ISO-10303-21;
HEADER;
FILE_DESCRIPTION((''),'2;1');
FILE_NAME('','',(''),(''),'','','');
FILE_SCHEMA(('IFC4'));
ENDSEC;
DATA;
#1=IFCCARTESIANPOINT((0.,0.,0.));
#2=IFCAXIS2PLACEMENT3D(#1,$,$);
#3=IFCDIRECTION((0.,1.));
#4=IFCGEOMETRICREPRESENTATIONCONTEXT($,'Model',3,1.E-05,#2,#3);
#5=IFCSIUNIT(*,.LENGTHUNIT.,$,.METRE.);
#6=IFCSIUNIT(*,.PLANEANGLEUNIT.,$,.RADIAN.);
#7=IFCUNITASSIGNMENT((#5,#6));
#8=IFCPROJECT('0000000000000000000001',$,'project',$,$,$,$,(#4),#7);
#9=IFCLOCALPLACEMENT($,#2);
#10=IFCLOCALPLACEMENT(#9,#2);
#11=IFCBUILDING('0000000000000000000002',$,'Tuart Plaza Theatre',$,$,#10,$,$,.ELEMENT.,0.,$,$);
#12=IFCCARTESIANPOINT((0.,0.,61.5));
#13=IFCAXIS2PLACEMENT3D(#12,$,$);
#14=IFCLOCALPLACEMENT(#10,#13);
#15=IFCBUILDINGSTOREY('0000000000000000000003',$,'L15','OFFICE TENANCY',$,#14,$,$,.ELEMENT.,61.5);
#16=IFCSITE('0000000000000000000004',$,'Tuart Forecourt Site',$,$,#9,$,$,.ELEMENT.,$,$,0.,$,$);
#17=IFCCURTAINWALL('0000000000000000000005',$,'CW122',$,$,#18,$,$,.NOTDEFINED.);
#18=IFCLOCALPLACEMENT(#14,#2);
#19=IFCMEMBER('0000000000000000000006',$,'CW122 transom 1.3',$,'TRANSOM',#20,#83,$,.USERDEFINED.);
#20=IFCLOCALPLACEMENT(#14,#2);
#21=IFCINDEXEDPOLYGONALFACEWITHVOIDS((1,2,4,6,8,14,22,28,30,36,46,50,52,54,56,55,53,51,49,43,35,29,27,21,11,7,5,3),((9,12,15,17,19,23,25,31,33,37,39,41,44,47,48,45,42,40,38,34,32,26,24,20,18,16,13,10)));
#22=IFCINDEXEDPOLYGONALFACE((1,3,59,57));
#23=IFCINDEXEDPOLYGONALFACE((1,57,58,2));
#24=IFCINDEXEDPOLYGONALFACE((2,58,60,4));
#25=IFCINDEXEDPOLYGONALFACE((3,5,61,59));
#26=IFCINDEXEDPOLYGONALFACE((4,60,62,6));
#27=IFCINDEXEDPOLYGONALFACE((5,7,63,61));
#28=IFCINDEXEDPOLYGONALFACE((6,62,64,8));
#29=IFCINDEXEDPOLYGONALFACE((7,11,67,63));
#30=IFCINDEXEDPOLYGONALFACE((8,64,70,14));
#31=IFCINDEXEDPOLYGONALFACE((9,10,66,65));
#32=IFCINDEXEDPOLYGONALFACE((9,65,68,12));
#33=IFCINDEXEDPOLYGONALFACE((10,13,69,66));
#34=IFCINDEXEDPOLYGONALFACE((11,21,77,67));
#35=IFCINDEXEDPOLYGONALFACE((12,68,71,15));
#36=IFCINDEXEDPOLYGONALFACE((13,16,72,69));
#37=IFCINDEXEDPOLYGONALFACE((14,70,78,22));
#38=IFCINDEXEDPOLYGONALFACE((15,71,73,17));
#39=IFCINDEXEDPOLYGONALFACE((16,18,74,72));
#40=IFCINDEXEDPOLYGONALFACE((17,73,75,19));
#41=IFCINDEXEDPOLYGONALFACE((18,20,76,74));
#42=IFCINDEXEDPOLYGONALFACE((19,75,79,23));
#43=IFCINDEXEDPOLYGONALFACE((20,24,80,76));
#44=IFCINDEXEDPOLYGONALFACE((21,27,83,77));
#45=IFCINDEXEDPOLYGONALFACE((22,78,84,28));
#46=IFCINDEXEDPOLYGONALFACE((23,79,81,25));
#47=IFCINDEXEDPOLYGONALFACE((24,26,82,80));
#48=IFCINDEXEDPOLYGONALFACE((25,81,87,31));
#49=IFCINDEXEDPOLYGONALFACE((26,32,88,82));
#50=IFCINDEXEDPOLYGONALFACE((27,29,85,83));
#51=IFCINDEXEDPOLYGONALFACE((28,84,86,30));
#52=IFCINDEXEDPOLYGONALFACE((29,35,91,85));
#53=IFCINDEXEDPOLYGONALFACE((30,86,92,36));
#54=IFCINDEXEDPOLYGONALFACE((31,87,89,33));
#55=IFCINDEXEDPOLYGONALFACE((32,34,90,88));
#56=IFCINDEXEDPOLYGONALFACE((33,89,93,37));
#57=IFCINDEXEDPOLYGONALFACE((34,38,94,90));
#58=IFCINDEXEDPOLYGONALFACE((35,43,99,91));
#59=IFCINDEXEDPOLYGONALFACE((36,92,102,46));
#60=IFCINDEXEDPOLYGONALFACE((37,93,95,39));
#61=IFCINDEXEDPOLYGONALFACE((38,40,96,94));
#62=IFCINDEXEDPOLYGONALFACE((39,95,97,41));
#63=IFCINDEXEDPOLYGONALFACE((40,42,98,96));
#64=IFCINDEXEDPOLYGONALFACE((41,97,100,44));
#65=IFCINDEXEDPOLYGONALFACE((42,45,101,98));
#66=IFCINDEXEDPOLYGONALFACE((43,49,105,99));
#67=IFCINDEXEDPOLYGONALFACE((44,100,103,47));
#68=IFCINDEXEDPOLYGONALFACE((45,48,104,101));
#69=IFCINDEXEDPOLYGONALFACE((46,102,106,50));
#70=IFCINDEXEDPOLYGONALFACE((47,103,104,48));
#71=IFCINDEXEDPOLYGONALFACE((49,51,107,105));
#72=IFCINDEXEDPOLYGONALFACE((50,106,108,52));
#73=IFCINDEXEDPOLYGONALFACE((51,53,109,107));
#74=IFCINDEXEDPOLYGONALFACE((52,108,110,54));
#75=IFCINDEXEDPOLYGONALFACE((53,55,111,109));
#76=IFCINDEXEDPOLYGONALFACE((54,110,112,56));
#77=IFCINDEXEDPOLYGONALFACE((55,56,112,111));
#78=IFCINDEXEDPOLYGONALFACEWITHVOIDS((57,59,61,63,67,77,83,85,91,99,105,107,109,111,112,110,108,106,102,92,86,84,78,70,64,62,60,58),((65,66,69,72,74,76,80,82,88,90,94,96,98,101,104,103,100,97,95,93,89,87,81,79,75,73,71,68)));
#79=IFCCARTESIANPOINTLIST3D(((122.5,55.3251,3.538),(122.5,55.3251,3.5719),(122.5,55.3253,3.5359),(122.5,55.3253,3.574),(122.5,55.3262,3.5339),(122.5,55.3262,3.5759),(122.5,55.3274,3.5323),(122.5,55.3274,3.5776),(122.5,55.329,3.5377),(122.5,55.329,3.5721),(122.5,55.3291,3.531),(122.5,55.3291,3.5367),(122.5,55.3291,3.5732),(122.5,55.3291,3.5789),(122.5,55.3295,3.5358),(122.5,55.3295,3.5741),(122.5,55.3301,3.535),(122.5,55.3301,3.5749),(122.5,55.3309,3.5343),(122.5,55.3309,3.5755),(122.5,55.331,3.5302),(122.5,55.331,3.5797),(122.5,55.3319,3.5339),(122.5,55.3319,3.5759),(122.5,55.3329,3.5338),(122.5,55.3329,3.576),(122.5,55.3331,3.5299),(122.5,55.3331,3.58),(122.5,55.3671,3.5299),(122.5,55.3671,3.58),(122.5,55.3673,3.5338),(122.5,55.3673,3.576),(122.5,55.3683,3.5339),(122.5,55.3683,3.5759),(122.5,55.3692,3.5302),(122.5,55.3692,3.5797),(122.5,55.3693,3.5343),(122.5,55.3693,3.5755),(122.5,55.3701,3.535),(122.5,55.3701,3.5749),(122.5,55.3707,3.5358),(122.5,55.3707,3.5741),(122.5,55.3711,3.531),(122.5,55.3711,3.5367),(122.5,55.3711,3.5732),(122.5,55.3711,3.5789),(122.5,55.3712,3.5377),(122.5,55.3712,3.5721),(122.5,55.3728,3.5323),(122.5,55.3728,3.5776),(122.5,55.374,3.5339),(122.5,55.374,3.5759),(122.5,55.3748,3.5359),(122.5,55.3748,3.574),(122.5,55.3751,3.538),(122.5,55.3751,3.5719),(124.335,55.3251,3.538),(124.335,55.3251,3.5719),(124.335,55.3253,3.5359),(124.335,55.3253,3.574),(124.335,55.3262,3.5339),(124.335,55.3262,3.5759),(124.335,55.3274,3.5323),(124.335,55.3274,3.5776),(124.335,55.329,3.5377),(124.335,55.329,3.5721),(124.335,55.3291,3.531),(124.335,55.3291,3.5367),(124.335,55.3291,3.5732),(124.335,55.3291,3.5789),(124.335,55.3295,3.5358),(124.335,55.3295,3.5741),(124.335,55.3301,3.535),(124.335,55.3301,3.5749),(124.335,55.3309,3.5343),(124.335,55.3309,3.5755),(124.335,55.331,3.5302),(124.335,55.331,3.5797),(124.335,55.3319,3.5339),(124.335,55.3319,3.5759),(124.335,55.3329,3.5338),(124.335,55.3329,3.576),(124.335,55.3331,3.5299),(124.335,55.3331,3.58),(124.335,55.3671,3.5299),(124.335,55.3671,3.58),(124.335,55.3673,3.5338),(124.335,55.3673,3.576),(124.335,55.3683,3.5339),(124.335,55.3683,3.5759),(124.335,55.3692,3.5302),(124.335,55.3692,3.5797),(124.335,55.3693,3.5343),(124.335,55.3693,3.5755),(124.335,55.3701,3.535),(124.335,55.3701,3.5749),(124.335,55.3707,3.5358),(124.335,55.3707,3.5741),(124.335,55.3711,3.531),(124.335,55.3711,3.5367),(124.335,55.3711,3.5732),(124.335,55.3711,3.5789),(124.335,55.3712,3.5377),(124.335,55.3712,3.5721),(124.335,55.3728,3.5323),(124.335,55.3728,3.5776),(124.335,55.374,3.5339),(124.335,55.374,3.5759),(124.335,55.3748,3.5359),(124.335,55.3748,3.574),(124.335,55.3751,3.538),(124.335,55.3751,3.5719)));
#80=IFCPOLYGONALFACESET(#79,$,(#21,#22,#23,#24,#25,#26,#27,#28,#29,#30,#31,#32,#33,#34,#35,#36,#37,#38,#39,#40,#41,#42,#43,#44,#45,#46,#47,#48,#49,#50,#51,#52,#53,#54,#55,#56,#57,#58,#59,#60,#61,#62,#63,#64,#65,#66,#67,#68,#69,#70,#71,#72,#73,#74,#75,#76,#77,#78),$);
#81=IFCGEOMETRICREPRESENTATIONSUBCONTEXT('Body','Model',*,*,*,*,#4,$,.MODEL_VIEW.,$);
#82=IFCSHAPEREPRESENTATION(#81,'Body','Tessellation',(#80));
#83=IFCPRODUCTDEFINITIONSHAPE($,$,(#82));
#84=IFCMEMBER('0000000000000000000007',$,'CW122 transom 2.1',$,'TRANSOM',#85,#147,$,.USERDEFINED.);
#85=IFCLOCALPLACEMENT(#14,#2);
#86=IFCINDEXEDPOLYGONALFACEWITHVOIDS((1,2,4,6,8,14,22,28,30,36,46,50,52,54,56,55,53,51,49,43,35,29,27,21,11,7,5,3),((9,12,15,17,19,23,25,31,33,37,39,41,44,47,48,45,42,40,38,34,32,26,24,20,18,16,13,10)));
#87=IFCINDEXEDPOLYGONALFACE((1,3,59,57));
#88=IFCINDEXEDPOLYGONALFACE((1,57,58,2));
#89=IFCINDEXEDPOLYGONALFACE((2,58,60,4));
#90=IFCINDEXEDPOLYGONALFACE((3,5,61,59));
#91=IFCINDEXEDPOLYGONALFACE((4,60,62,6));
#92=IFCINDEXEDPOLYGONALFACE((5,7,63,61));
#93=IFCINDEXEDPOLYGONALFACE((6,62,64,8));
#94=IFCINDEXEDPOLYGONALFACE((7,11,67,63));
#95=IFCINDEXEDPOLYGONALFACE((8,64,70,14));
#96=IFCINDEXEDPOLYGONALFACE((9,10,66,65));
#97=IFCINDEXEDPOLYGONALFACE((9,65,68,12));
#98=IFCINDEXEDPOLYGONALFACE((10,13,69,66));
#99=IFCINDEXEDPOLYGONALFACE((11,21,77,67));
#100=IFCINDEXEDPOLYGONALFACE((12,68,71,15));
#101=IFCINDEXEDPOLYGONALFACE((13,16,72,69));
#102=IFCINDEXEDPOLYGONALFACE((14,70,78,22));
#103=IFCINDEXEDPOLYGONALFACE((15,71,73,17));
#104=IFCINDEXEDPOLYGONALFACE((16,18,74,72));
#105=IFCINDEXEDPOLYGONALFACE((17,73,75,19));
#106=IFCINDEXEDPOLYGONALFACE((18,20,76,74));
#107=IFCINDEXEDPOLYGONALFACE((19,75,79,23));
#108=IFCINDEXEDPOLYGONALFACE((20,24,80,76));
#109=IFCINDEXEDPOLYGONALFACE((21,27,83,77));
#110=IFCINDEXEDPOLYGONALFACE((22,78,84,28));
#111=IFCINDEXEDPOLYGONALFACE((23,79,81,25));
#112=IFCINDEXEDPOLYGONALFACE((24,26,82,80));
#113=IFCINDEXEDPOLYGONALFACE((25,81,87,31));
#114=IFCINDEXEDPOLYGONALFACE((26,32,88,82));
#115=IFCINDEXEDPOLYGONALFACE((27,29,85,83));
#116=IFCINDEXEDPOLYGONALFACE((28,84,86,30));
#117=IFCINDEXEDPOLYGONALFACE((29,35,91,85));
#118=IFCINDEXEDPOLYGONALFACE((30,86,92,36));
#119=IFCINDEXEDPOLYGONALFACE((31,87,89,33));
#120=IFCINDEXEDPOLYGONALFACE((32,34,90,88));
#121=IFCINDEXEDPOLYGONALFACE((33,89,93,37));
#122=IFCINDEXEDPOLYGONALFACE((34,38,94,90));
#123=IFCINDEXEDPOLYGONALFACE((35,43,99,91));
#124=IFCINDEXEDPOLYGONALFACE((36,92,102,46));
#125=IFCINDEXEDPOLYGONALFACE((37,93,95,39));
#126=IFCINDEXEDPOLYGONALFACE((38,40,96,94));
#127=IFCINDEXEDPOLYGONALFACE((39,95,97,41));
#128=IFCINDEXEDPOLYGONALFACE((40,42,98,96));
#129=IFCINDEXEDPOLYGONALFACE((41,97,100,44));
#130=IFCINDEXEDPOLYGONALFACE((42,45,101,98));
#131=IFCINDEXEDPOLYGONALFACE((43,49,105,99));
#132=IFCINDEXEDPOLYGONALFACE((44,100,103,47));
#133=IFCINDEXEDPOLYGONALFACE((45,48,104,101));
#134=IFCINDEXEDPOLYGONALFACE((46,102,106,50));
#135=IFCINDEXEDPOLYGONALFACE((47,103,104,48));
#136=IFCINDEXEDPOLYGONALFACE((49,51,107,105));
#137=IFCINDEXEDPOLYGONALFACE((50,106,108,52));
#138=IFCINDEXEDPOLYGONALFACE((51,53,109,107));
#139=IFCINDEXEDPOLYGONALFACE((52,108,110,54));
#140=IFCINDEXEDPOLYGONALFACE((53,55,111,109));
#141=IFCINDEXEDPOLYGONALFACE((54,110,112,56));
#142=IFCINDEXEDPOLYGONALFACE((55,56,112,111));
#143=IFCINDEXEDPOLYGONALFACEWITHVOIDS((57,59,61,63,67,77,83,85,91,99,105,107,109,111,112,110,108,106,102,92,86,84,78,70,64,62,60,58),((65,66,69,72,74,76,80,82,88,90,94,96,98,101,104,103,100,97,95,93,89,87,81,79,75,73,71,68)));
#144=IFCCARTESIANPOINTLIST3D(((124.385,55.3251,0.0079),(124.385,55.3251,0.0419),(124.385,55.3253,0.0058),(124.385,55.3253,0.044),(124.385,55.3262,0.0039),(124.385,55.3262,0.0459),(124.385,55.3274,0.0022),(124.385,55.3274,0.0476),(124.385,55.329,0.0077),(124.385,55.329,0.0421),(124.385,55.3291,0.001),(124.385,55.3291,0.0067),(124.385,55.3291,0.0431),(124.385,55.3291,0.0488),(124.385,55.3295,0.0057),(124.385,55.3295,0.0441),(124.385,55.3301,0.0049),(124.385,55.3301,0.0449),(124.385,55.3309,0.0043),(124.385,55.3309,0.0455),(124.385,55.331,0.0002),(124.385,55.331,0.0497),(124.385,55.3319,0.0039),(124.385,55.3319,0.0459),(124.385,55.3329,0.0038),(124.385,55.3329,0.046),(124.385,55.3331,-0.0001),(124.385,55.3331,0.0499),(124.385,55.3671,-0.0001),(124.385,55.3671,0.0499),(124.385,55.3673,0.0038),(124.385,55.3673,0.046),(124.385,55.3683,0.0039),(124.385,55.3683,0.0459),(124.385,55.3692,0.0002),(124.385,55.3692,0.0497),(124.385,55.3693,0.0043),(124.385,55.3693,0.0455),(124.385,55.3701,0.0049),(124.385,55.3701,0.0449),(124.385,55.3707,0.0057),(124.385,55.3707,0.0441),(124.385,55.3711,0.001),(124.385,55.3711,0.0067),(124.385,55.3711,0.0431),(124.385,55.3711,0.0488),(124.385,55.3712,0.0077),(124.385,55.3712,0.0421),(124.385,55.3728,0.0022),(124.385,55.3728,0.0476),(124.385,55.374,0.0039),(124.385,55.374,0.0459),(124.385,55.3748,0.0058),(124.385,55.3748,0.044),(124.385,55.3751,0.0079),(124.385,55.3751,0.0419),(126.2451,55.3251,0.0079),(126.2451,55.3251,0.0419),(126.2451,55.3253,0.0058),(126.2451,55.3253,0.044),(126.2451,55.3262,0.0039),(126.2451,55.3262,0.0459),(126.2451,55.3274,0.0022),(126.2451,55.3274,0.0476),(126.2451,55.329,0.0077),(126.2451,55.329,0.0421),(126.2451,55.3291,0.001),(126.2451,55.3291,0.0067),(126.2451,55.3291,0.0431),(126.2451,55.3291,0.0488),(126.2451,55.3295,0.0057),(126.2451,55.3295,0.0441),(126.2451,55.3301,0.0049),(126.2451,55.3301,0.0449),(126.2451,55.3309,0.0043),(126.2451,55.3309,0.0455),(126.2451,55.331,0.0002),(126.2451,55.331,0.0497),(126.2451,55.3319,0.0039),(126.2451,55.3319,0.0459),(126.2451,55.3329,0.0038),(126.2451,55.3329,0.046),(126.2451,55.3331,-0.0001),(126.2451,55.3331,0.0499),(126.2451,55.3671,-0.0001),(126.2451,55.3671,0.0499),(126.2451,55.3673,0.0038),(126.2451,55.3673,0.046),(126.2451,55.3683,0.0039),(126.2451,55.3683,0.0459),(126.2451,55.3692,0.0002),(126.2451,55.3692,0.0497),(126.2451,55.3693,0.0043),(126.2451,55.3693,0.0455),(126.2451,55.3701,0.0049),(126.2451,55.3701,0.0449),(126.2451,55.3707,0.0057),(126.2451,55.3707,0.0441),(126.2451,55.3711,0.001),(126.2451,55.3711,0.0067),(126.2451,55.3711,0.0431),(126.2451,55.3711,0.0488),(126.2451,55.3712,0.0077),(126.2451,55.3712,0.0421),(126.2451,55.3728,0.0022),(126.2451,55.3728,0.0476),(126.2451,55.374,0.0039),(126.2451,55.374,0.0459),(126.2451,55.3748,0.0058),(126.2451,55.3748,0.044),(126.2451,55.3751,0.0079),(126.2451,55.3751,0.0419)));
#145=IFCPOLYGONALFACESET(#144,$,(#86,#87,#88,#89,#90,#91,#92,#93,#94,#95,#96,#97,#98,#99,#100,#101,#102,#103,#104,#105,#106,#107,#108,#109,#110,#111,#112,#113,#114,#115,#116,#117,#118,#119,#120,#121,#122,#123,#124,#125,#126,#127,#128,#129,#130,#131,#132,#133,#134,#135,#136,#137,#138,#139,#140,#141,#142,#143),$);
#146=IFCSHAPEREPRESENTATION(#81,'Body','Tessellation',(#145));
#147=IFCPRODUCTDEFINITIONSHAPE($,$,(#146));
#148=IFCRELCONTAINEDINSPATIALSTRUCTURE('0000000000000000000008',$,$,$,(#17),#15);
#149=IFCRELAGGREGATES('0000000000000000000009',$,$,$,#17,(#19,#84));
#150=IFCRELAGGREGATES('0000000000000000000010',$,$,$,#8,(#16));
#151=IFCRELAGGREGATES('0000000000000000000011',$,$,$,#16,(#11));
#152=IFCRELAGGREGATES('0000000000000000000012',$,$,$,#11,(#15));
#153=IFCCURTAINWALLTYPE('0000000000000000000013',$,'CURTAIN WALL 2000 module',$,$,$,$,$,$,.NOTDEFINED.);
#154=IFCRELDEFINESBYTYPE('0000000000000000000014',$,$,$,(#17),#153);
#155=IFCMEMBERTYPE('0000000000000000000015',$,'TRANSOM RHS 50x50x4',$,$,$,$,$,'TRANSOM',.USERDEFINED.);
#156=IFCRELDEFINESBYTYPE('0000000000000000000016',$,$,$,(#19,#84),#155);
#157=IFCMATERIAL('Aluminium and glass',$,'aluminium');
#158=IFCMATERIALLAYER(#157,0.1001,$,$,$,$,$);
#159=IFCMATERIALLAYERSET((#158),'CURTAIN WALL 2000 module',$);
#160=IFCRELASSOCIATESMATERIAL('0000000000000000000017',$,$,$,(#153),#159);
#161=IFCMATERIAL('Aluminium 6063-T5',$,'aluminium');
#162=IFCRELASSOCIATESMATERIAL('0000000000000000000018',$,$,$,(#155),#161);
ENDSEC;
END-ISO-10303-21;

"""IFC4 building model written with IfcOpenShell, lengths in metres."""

from ifc_helpers import new_model, si_unit, direction, frame, origin, origin_2d, place, context, subcontext, project, spatial, hollow_rectangle, extrude, material, layer, layer_set, material_profile, profile_set, type_object, element, aggregate, save


model = new_model("IFC4")

# Units and contexts
model_context = context("Model", 3, precision=1e-05, world=origin(), true_north=direction((0.0, 1.0)))
body_context = subcontext(model_context, "Body", "Model", "MODEL_VIEW")
ifc_project = project(units=[si_unit("LENGTHUNIT", "METRE"), si_unit("PLANEANGLEUNIT", "RADIAN")], contexts=[model_context])

# Site, building, storey
site_placement = place(None, origin())
site = spatial("IfcSite", under=ifc_project, at=site_placement, Name="Tuart Forecourt Site", CompositionType="ELEMENT", RefElevation=0.0)
building_placement = place(site_placement, origin())
building = spatial("IfcBuilding", under=site, at=building_placement, Name="Tuart Plaza Theatre", CompositionType="ELEMENT", ElevationOfRefHeight=0.0)
storey_placement = place(building_placement, frame((0.0, 0.0, 61.5)))
storey = spatial("IfcBuildingStorey", under=building, at=storey_placement, Name="L15", Description="OFFICE TENANCY", CompositionType="ELEMENT", Elevation=61.5)

# Shared definitions
ifc_material_1 = material(Name="Aluminium and glass", Category="aluminium")
ifc_layer_1 = layer(ifc_material_1, 0.1001)
ifc_layer_set_1 = layer_set([ifc_layer_1], Name="CURTAIN WALL 2000 module")
curtain_wall_type = type_object("IfcCurtainWallType", Name="CURTAIN WALL 2000 module", PredefinedType="NOTDEFINED", material=ifc_layer_set_1)

# Curtain wall
curtain_wall_1_placement = place(storey_placement, origin())
curtain_wall_1 = element("IfcCurtainWall", 1, at=curtain_wall_1_placement, inside=storey, type_object=curtain_wall_type, Name="CW122", PredefinedType="NOTDEFINED")

# Members
ifc_material_2 = material(Name="Aluminium 6063-T5", Category="aluminium")
ifc_material_profile_1 = material_profile(ifc_material_2, hollow_rectangle(XDim=0.05, YDim=0.05, WallThickness=0.0039, InnerFilletRadius=0.0039, OuterFilletRadius=0.0081, at=origin_2d()), Name="RHS 50x50x4")
ifc_profile_set_1 = profile_set([ifc_material_profile_1], Name="Aluminium 6063-T5")
member_type_1 = type_object("IfcMemberType", Name="TRANSOM RHS 50x50x4", ElementType="TRANSOM", PredefinedType="USERDEFINED", material=ifc_profile_set_1)
member_1_placement = place(storey_placement, frame((122.5, 55.3501, 3.5549), z_axis=(1.0, 0.0, 0.0), x_axis=(0.0, 1.0, 0.0)))
member_1 = element("IfcMember", 2, at=member_1_placement, type_object=member_type_1, Name="CW122 transom 1.3", ObjectType="TRANSOM", PredefinedType="USERDEFINED", context=body_context, shape_type="SweptSolid", body=[
    extrude(hollow_rectangle(XDim=0.05, YDim=0.05, WallThickness=0.0039, InnerFilletRadius=0.0039, OuterFilletRadius=0.0081, at=origin_2d()), origin(), (0.0, 0.0, 1.0), 1.835),
])
member_2_placement = place(storey_placement, frame((124.385, 55.3501, 0.0249), z_axis=(1.0, 0.0, 0.0), x_axis=(0.0, 1.0, 0.0)))
member_2 = element("IfcMember", 3, at=member_2_placement, type_object=member_type_1, Name="CW122 transom 2.1", ObjectType="TRANSOM", PredefinedType="USERDEFINED", context=body_context, shape_type="SweptSolid", body=[
    extrude(hollow_rectangle(XDim=0.05, YDim=0.05, WallThickness=0.0039, InnerFilletRadius=0.0039, OuterFilletRadius=0.0081, at=origin_2d()), origin(), (0.0, 0.0, 1.0), 1.8601),
])

aggregate(curtain_wall_1, [member_1, member_2])

save(model, "model.ifc")
